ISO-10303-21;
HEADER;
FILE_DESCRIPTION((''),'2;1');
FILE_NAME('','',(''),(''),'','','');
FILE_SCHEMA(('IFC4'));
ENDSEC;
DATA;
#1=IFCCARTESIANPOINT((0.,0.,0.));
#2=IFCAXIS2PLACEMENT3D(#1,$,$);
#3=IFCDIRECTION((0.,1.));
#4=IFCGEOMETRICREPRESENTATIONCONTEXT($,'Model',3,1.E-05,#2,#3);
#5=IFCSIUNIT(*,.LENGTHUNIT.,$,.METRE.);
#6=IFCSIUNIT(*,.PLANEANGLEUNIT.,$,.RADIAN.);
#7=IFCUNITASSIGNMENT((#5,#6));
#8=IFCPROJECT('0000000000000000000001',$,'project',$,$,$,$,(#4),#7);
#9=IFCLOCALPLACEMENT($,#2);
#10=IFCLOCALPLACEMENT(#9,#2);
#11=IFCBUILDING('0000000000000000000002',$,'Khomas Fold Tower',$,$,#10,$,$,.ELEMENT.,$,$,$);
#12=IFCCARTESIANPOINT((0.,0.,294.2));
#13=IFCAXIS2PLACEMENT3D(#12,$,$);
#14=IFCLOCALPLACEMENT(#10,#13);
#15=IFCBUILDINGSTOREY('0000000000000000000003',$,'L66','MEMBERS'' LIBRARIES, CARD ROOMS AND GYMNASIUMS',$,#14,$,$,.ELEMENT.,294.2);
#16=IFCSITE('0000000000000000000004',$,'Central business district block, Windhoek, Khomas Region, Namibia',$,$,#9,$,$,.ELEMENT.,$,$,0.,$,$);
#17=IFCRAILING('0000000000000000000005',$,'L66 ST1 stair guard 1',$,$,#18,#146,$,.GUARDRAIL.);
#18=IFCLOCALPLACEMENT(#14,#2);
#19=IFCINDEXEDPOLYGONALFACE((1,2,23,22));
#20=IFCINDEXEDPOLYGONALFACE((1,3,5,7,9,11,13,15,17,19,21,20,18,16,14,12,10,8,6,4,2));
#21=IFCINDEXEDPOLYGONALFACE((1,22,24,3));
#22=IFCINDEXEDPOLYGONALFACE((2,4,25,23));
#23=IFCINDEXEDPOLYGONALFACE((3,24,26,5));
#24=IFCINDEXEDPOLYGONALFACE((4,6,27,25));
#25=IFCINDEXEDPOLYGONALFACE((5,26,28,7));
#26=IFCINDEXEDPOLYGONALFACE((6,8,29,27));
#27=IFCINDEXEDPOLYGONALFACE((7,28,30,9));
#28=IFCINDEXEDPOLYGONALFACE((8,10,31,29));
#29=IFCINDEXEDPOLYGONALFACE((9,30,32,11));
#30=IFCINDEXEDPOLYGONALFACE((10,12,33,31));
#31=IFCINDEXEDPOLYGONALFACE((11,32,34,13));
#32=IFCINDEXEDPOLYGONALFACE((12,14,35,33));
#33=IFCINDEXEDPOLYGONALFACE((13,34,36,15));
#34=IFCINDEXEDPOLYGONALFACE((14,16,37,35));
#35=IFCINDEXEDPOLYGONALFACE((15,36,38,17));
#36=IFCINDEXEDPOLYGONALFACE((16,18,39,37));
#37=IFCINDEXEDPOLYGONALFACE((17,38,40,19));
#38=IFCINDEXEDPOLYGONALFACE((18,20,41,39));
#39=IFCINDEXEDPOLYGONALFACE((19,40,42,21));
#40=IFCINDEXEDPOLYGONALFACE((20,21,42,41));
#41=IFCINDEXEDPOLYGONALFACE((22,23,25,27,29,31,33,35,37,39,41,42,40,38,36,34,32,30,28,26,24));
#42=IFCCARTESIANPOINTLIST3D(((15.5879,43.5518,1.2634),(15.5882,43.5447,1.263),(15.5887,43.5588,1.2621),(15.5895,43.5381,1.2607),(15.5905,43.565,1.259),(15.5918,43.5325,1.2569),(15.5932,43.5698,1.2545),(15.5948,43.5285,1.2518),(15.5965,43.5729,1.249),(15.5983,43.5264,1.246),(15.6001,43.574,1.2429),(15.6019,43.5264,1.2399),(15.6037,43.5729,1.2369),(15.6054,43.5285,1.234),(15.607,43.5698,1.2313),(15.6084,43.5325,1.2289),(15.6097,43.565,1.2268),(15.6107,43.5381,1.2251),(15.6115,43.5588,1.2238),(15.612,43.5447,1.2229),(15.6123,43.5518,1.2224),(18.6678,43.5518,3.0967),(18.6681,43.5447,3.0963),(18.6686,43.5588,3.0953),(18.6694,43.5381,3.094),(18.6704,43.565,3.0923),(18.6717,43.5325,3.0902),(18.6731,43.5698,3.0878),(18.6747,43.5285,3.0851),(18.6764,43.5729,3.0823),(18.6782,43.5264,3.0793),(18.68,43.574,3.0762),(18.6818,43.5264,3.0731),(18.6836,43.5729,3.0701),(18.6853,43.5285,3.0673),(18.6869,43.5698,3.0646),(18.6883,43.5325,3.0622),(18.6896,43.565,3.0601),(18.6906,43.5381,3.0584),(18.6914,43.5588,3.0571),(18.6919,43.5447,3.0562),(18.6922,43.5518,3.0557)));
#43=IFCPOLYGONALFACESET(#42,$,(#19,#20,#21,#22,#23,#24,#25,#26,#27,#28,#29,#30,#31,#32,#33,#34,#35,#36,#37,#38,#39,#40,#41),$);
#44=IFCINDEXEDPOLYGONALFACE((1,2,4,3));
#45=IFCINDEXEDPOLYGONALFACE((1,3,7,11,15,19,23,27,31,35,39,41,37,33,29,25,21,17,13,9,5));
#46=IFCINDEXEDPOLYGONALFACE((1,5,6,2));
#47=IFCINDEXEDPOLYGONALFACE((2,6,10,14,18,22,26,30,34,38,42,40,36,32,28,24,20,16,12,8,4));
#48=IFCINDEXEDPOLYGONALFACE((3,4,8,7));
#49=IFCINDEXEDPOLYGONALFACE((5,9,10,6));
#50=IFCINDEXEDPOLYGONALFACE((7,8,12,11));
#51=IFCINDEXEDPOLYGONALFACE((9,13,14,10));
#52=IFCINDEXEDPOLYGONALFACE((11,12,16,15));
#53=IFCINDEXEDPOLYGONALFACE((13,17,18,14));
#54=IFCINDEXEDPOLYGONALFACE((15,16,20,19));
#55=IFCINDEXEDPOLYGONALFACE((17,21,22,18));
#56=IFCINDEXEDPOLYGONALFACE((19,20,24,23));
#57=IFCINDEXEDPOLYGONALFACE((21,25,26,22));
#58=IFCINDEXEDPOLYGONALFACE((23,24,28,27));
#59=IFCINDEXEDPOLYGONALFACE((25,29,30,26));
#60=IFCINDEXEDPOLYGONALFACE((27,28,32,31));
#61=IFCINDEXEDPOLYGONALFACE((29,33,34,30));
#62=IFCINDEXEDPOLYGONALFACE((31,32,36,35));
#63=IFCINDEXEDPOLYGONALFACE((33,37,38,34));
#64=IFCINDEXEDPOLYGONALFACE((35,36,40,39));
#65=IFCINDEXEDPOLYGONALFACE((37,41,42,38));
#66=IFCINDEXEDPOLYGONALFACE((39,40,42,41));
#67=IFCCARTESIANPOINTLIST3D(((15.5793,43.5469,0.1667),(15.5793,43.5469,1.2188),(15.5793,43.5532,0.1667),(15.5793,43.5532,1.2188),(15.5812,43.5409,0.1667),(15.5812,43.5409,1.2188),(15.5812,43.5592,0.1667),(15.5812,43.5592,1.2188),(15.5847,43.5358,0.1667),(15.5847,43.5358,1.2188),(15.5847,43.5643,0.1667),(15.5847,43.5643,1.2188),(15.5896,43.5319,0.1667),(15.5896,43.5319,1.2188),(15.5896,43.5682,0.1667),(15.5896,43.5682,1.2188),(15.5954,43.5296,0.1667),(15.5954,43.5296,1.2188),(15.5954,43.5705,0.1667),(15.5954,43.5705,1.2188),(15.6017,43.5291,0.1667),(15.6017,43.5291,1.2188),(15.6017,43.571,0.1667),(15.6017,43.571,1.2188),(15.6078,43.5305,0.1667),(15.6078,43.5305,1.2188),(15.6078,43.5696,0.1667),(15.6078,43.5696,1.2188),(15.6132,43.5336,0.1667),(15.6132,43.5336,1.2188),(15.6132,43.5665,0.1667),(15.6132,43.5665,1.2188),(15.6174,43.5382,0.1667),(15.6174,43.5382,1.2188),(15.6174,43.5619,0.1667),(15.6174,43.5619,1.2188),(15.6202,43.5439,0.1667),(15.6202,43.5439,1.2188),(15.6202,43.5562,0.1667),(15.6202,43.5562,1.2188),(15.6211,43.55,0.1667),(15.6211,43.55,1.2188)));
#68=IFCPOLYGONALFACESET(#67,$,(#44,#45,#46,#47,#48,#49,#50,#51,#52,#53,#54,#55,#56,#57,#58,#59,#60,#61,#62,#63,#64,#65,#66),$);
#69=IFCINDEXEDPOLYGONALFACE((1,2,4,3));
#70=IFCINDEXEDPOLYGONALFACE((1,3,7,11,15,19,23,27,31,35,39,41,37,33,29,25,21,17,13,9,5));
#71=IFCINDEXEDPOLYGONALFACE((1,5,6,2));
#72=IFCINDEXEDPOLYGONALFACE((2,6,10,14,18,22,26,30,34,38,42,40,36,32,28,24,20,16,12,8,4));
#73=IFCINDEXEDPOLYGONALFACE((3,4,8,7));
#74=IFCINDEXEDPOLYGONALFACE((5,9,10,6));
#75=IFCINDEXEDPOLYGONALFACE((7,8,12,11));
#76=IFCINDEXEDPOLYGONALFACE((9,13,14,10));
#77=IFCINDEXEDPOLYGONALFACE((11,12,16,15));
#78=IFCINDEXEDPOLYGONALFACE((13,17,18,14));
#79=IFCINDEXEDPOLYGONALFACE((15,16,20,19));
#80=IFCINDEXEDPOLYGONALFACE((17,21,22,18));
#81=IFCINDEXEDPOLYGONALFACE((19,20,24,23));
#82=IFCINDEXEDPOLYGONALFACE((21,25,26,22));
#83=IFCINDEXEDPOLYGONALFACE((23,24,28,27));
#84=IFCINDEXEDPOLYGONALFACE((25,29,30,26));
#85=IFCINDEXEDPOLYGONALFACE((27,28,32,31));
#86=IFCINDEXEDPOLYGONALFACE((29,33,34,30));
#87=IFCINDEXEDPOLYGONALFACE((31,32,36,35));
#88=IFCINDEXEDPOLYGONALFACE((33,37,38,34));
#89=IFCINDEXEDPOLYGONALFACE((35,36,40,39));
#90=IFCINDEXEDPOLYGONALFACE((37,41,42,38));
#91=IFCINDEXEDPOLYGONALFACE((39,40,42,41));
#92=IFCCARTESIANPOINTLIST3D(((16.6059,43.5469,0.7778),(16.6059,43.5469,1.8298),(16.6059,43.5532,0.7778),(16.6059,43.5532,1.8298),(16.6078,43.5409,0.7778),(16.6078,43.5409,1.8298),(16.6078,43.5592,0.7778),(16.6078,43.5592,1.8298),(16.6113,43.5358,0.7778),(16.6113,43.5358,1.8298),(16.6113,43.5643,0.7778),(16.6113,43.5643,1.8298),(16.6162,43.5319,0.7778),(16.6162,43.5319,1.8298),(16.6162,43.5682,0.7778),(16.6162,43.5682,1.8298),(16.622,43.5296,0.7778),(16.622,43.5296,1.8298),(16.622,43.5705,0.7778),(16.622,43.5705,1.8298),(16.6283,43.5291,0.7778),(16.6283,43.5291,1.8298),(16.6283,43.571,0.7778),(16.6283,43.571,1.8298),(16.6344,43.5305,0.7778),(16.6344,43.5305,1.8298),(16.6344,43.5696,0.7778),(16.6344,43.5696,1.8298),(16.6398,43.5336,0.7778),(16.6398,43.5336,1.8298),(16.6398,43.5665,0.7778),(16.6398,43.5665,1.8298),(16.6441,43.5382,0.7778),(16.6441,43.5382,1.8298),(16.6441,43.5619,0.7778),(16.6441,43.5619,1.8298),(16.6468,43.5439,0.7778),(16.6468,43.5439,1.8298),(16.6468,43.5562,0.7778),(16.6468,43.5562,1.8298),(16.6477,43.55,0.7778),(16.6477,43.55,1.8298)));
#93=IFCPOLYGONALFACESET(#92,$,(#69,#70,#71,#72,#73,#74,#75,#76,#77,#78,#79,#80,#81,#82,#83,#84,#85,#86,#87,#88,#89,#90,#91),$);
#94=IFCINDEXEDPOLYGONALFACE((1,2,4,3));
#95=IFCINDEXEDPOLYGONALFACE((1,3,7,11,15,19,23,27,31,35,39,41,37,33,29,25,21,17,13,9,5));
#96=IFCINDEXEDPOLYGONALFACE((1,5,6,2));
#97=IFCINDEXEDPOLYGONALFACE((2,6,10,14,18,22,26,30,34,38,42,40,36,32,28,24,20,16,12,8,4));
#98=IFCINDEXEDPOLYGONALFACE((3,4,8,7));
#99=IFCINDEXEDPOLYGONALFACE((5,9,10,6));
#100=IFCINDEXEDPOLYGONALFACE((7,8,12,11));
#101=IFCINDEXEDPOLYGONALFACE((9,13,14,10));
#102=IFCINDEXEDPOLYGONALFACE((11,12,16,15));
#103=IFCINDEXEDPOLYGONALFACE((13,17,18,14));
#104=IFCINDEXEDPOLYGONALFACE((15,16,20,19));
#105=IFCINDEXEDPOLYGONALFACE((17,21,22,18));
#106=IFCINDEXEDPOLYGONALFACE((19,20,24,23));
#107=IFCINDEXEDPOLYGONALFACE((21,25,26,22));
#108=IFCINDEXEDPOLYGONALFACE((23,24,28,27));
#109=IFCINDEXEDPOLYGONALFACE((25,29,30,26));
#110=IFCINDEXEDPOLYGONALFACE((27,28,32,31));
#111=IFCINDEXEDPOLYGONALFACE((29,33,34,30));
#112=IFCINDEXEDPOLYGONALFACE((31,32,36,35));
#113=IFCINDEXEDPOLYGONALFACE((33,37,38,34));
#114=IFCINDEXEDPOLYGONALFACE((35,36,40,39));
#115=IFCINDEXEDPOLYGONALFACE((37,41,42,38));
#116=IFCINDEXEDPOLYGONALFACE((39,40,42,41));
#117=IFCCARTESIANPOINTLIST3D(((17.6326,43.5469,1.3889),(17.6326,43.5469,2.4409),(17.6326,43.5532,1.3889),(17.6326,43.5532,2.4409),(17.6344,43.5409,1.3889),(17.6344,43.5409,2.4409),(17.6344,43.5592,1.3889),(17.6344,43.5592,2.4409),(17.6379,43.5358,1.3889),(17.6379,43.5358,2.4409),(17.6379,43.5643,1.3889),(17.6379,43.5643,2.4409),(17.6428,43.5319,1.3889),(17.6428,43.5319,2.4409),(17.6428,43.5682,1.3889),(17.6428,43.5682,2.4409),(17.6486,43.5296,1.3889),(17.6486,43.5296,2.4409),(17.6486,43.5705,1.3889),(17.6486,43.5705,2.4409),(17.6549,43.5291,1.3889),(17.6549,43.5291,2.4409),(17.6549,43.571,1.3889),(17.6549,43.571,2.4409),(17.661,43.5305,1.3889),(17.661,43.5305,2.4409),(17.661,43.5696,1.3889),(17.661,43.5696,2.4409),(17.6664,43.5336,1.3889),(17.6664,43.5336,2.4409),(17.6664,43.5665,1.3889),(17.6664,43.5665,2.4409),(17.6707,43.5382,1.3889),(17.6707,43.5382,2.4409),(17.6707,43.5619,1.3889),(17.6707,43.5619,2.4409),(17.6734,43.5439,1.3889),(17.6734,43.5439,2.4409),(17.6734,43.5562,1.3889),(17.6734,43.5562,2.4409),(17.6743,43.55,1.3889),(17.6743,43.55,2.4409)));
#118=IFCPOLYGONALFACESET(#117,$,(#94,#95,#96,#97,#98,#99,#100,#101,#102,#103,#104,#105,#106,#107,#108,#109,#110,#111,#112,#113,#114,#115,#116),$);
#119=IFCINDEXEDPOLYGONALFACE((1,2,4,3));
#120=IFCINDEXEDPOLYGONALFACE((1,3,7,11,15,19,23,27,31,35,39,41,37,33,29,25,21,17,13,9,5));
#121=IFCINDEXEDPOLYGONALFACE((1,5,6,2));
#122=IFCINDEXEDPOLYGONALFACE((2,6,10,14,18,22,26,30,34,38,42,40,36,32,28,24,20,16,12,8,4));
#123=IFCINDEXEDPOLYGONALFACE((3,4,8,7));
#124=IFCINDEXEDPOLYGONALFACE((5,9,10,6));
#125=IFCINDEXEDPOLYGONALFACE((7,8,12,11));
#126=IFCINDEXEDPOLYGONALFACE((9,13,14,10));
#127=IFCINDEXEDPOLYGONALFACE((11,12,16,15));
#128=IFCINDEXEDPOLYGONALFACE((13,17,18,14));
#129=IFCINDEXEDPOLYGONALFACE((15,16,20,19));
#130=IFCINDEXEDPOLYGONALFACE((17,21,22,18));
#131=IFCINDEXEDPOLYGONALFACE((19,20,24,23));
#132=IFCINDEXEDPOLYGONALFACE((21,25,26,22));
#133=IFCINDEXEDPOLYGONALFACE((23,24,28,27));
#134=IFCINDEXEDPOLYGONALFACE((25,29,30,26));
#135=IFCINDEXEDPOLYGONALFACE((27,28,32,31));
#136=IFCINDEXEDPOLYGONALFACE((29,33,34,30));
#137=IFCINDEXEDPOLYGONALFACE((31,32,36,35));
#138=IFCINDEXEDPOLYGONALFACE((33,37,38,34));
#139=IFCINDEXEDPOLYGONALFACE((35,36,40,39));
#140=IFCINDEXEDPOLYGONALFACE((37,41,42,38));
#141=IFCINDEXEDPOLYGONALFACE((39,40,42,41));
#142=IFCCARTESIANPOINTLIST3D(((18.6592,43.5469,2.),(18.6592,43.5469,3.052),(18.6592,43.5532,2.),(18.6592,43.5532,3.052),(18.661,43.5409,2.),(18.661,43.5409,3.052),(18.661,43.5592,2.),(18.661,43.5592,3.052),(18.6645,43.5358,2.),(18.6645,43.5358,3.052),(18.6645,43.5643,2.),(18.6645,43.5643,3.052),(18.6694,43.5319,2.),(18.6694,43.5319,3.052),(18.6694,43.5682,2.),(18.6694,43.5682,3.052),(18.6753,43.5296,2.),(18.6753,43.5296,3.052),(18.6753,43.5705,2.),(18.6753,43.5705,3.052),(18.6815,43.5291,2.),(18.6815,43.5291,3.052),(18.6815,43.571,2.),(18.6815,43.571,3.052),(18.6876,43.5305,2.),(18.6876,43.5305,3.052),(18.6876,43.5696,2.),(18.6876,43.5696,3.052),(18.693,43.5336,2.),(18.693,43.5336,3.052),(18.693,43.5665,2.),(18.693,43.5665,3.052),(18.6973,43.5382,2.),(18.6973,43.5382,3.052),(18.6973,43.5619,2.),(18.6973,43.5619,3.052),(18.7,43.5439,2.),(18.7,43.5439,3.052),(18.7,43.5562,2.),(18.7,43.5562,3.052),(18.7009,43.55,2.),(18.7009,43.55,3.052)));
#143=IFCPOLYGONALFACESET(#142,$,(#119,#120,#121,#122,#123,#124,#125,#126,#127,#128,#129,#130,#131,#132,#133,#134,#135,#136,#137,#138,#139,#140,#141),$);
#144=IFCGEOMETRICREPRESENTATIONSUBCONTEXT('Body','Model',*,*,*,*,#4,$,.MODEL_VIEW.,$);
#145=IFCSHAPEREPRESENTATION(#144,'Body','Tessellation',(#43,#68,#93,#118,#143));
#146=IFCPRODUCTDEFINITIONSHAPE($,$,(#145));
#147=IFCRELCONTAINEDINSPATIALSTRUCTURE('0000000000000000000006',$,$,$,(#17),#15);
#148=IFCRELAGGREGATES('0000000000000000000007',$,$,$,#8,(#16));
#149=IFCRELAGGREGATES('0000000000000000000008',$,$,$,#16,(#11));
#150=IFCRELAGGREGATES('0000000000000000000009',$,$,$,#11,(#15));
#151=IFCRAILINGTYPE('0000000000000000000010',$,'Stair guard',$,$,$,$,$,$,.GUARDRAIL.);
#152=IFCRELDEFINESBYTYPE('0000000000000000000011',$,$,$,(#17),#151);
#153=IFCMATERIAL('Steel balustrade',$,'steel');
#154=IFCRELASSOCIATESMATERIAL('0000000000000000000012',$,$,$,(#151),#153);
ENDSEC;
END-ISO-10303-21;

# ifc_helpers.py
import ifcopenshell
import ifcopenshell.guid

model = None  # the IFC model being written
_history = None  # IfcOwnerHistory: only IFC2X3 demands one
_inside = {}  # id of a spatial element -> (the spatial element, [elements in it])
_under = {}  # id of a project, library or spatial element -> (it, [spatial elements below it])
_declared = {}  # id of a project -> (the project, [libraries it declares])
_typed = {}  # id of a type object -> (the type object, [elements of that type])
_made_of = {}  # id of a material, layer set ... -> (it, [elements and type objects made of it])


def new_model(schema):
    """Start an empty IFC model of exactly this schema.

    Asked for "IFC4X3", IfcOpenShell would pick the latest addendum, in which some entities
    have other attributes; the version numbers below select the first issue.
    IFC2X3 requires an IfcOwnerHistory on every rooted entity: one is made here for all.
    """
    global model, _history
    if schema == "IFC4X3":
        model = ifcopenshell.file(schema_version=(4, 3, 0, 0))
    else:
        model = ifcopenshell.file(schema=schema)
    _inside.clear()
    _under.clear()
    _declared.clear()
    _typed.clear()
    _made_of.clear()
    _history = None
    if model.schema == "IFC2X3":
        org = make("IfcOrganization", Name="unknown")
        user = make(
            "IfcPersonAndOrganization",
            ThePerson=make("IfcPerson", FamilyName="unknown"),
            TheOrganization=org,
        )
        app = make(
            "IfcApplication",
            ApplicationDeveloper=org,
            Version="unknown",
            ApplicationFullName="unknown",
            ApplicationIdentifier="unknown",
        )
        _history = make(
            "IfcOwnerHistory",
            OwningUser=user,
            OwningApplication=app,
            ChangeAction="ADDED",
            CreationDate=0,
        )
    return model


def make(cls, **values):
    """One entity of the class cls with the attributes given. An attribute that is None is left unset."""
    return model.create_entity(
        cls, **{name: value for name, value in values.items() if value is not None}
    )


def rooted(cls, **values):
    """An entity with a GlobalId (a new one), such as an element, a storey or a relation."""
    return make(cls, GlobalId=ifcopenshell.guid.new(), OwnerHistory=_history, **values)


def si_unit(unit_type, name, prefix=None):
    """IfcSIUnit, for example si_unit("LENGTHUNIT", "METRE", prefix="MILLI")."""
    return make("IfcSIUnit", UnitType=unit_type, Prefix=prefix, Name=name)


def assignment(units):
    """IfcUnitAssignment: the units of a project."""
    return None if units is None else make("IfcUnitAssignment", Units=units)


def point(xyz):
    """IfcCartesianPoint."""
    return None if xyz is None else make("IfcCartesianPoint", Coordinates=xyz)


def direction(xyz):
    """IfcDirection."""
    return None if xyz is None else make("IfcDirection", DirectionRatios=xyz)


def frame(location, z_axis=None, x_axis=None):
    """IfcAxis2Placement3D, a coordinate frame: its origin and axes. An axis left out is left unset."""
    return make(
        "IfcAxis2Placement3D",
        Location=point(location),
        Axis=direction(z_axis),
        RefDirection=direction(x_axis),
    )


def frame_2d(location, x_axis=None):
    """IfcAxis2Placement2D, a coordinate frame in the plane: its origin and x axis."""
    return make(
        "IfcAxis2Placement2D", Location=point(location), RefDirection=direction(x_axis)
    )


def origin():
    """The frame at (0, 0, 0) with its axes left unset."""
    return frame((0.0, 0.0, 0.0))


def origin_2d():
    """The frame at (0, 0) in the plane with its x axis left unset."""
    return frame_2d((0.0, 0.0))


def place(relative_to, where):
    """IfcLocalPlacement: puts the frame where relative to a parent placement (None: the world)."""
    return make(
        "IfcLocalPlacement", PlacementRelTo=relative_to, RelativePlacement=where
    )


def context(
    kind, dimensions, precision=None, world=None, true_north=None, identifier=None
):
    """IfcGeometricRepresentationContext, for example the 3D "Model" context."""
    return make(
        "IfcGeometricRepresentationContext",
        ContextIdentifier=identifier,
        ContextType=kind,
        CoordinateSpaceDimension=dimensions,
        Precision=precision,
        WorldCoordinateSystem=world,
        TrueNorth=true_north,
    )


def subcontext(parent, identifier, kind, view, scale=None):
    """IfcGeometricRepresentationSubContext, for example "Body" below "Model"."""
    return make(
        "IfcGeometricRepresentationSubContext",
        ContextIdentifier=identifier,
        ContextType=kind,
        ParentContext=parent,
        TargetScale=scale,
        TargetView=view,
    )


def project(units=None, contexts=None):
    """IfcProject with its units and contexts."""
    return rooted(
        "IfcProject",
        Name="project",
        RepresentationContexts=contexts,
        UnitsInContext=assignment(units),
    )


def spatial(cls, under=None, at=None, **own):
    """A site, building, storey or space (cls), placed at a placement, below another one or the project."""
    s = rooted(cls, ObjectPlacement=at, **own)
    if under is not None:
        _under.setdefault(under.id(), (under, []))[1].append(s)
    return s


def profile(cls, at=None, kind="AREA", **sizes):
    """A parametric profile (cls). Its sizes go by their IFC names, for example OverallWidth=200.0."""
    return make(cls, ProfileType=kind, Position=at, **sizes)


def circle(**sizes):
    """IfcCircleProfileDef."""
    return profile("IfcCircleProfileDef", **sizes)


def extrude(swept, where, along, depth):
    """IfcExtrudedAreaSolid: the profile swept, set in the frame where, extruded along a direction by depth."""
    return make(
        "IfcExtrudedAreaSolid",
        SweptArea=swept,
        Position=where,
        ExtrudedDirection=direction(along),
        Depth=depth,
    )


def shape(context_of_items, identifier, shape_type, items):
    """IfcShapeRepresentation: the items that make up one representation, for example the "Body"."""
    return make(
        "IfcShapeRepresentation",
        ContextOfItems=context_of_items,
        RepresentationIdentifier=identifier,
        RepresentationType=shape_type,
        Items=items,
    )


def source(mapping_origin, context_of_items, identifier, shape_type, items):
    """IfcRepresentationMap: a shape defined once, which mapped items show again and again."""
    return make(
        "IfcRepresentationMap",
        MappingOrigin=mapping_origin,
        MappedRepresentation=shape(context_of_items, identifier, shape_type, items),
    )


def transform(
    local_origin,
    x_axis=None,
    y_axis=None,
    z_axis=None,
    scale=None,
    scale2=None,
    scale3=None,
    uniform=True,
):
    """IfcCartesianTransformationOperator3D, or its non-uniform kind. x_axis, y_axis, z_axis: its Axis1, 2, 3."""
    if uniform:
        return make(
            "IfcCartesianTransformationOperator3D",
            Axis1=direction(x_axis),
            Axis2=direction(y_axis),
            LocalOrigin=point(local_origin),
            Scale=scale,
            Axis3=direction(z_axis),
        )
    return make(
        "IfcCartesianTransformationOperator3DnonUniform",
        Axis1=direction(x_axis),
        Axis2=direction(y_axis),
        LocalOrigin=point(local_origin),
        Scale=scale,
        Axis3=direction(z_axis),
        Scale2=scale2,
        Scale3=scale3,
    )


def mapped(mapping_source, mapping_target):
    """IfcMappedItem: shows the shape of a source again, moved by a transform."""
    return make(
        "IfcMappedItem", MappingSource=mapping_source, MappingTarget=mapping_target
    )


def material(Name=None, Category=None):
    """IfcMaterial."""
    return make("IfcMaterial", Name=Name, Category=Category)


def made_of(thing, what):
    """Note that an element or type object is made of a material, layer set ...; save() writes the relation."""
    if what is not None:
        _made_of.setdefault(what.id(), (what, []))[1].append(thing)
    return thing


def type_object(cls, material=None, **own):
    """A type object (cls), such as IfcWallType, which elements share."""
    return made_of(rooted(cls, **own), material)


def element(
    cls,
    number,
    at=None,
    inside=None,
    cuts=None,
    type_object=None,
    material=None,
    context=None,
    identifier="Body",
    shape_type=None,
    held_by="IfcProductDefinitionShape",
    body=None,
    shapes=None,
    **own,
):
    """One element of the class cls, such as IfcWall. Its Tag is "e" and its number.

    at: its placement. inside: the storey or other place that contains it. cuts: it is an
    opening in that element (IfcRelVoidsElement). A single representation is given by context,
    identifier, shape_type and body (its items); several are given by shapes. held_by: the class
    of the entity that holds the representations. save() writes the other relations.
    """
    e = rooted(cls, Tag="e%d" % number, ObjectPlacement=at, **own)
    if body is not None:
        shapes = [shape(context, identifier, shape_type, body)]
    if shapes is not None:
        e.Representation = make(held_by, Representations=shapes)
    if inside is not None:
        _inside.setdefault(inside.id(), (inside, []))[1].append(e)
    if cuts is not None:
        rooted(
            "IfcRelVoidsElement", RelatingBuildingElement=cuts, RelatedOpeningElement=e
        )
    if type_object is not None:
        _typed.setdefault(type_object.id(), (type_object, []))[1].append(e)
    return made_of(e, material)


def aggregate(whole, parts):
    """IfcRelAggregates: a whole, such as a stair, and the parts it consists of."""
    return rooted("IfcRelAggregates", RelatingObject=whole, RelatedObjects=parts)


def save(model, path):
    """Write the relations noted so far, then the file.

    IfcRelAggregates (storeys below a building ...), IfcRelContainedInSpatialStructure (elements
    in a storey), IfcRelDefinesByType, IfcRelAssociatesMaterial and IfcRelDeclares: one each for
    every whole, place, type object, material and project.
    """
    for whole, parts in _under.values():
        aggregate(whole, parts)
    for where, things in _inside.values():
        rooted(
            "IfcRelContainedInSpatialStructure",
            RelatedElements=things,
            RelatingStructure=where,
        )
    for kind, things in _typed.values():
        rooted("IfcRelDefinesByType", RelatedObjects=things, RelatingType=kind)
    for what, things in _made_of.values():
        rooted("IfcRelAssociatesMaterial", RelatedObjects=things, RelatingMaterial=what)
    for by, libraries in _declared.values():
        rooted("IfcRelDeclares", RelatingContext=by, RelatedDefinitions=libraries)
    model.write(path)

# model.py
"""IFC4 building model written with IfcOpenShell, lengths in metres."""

from ifc_helpers import new_model, si_unit, direction, frame, origin, origin_2d, place, context, subcontext, project, spatial, circle, extrude, source, transform, mapped, material, type_object, element, save


model = new_model("IFC4")

# Units and contexts
model_context = context("Model", 3, precision=1e-05, world=origin(), true_north=direction((0.0, 1.0)))
body_context = subcontext(model_context, "Body", "Model", "MODEL_VIEW")
ifc_project = project(units=[si_unit("LENGTHUNIT", "METRE"), si_unit("PLANEANGLEUNIT", "RADIAN")], contexts=[model_context])

# Site, building, storey
site_placement = place(None, origin())
site = spatial("IfcSite", under=ifc_project, at=site_placement, Name="Central business district block, Windhoek, Khomas Region, Namibia", CompositionType="ELEMENT", RefElevation=0.0)
building_placement = place(site_placement, origin())
building = spatial("IfcBuilding", under=site, at=building_placement, Name="Khomas Fold Tower", CompositionType="ELEMENT")
storey_placement = place(building_placement, frame((0.0, 0.0, 294.2)))
storey = spatial("IfcBuildingStorey", under=building, at=storey_placement, Name="L66", Description="MEMBERS' LIBRARIES, CARD ROOMS AND GYMNASIUMS", CompositionType="ELEMENT", Elevation=294.2)

# Railing
ifc_material_1 = material(Name="Steel balustrade", Category="steel")
railing_type_1 = type_object("IfcRailingType", Name="Stair guard", PredefinedType="GUARDRAIL", material=ifc_material_1)
shared_shape_1 = source(origin(), body_context, "Body", "SweptSolid", [
    extrude(circle(Radius=0.0239, at=origin_2d()), frame((0.0, 0.0, 1.0762), z_axis=(0.859291, 0.0, 0.511487), x_axis=(0.0, 1.0, 0.0)), (0.0, 0.0, 1.0), 3.5842),
    extrude(circle(Radius=0.021, at=origin_2d()), origin(), (0.0, 0.0, 1.0), 1.052),
    extrude(circle(Radius=0.021, at=origin_2d()), frame((1.0266, 0.0, 0.6111)), (0.0, 0.0, 1.0), 1.052),
    extrude(circle(Radius=0.021, at=origin_2d()), frame((2.0532, 0.0, 1.2222)), (0.0, 0.0, 1.0), 1.052),
    extrude(circle(Radius=0.021, at=origin_2d()), frame((3.0798, 0.0, 1.8333)), (0.0, 0.0, 1.0), 1.052),
])
railing_1_placement = place(storey_placement, frame((15.6001, 43.55, 0.1667)))
element("IfcRailing", 1, at=railing_1_placement, inside=storey, type_object=railing_type_1, Name="L66 ST1 stair guard 1", PredefinedType="GUARDRAIL", context=body_context, shape_type="MappedRepresentation", body=[
    mapped(shared_shape_1, transform((0.0, 0.0, 0.0))),
])

save(model, "model.ifc")
